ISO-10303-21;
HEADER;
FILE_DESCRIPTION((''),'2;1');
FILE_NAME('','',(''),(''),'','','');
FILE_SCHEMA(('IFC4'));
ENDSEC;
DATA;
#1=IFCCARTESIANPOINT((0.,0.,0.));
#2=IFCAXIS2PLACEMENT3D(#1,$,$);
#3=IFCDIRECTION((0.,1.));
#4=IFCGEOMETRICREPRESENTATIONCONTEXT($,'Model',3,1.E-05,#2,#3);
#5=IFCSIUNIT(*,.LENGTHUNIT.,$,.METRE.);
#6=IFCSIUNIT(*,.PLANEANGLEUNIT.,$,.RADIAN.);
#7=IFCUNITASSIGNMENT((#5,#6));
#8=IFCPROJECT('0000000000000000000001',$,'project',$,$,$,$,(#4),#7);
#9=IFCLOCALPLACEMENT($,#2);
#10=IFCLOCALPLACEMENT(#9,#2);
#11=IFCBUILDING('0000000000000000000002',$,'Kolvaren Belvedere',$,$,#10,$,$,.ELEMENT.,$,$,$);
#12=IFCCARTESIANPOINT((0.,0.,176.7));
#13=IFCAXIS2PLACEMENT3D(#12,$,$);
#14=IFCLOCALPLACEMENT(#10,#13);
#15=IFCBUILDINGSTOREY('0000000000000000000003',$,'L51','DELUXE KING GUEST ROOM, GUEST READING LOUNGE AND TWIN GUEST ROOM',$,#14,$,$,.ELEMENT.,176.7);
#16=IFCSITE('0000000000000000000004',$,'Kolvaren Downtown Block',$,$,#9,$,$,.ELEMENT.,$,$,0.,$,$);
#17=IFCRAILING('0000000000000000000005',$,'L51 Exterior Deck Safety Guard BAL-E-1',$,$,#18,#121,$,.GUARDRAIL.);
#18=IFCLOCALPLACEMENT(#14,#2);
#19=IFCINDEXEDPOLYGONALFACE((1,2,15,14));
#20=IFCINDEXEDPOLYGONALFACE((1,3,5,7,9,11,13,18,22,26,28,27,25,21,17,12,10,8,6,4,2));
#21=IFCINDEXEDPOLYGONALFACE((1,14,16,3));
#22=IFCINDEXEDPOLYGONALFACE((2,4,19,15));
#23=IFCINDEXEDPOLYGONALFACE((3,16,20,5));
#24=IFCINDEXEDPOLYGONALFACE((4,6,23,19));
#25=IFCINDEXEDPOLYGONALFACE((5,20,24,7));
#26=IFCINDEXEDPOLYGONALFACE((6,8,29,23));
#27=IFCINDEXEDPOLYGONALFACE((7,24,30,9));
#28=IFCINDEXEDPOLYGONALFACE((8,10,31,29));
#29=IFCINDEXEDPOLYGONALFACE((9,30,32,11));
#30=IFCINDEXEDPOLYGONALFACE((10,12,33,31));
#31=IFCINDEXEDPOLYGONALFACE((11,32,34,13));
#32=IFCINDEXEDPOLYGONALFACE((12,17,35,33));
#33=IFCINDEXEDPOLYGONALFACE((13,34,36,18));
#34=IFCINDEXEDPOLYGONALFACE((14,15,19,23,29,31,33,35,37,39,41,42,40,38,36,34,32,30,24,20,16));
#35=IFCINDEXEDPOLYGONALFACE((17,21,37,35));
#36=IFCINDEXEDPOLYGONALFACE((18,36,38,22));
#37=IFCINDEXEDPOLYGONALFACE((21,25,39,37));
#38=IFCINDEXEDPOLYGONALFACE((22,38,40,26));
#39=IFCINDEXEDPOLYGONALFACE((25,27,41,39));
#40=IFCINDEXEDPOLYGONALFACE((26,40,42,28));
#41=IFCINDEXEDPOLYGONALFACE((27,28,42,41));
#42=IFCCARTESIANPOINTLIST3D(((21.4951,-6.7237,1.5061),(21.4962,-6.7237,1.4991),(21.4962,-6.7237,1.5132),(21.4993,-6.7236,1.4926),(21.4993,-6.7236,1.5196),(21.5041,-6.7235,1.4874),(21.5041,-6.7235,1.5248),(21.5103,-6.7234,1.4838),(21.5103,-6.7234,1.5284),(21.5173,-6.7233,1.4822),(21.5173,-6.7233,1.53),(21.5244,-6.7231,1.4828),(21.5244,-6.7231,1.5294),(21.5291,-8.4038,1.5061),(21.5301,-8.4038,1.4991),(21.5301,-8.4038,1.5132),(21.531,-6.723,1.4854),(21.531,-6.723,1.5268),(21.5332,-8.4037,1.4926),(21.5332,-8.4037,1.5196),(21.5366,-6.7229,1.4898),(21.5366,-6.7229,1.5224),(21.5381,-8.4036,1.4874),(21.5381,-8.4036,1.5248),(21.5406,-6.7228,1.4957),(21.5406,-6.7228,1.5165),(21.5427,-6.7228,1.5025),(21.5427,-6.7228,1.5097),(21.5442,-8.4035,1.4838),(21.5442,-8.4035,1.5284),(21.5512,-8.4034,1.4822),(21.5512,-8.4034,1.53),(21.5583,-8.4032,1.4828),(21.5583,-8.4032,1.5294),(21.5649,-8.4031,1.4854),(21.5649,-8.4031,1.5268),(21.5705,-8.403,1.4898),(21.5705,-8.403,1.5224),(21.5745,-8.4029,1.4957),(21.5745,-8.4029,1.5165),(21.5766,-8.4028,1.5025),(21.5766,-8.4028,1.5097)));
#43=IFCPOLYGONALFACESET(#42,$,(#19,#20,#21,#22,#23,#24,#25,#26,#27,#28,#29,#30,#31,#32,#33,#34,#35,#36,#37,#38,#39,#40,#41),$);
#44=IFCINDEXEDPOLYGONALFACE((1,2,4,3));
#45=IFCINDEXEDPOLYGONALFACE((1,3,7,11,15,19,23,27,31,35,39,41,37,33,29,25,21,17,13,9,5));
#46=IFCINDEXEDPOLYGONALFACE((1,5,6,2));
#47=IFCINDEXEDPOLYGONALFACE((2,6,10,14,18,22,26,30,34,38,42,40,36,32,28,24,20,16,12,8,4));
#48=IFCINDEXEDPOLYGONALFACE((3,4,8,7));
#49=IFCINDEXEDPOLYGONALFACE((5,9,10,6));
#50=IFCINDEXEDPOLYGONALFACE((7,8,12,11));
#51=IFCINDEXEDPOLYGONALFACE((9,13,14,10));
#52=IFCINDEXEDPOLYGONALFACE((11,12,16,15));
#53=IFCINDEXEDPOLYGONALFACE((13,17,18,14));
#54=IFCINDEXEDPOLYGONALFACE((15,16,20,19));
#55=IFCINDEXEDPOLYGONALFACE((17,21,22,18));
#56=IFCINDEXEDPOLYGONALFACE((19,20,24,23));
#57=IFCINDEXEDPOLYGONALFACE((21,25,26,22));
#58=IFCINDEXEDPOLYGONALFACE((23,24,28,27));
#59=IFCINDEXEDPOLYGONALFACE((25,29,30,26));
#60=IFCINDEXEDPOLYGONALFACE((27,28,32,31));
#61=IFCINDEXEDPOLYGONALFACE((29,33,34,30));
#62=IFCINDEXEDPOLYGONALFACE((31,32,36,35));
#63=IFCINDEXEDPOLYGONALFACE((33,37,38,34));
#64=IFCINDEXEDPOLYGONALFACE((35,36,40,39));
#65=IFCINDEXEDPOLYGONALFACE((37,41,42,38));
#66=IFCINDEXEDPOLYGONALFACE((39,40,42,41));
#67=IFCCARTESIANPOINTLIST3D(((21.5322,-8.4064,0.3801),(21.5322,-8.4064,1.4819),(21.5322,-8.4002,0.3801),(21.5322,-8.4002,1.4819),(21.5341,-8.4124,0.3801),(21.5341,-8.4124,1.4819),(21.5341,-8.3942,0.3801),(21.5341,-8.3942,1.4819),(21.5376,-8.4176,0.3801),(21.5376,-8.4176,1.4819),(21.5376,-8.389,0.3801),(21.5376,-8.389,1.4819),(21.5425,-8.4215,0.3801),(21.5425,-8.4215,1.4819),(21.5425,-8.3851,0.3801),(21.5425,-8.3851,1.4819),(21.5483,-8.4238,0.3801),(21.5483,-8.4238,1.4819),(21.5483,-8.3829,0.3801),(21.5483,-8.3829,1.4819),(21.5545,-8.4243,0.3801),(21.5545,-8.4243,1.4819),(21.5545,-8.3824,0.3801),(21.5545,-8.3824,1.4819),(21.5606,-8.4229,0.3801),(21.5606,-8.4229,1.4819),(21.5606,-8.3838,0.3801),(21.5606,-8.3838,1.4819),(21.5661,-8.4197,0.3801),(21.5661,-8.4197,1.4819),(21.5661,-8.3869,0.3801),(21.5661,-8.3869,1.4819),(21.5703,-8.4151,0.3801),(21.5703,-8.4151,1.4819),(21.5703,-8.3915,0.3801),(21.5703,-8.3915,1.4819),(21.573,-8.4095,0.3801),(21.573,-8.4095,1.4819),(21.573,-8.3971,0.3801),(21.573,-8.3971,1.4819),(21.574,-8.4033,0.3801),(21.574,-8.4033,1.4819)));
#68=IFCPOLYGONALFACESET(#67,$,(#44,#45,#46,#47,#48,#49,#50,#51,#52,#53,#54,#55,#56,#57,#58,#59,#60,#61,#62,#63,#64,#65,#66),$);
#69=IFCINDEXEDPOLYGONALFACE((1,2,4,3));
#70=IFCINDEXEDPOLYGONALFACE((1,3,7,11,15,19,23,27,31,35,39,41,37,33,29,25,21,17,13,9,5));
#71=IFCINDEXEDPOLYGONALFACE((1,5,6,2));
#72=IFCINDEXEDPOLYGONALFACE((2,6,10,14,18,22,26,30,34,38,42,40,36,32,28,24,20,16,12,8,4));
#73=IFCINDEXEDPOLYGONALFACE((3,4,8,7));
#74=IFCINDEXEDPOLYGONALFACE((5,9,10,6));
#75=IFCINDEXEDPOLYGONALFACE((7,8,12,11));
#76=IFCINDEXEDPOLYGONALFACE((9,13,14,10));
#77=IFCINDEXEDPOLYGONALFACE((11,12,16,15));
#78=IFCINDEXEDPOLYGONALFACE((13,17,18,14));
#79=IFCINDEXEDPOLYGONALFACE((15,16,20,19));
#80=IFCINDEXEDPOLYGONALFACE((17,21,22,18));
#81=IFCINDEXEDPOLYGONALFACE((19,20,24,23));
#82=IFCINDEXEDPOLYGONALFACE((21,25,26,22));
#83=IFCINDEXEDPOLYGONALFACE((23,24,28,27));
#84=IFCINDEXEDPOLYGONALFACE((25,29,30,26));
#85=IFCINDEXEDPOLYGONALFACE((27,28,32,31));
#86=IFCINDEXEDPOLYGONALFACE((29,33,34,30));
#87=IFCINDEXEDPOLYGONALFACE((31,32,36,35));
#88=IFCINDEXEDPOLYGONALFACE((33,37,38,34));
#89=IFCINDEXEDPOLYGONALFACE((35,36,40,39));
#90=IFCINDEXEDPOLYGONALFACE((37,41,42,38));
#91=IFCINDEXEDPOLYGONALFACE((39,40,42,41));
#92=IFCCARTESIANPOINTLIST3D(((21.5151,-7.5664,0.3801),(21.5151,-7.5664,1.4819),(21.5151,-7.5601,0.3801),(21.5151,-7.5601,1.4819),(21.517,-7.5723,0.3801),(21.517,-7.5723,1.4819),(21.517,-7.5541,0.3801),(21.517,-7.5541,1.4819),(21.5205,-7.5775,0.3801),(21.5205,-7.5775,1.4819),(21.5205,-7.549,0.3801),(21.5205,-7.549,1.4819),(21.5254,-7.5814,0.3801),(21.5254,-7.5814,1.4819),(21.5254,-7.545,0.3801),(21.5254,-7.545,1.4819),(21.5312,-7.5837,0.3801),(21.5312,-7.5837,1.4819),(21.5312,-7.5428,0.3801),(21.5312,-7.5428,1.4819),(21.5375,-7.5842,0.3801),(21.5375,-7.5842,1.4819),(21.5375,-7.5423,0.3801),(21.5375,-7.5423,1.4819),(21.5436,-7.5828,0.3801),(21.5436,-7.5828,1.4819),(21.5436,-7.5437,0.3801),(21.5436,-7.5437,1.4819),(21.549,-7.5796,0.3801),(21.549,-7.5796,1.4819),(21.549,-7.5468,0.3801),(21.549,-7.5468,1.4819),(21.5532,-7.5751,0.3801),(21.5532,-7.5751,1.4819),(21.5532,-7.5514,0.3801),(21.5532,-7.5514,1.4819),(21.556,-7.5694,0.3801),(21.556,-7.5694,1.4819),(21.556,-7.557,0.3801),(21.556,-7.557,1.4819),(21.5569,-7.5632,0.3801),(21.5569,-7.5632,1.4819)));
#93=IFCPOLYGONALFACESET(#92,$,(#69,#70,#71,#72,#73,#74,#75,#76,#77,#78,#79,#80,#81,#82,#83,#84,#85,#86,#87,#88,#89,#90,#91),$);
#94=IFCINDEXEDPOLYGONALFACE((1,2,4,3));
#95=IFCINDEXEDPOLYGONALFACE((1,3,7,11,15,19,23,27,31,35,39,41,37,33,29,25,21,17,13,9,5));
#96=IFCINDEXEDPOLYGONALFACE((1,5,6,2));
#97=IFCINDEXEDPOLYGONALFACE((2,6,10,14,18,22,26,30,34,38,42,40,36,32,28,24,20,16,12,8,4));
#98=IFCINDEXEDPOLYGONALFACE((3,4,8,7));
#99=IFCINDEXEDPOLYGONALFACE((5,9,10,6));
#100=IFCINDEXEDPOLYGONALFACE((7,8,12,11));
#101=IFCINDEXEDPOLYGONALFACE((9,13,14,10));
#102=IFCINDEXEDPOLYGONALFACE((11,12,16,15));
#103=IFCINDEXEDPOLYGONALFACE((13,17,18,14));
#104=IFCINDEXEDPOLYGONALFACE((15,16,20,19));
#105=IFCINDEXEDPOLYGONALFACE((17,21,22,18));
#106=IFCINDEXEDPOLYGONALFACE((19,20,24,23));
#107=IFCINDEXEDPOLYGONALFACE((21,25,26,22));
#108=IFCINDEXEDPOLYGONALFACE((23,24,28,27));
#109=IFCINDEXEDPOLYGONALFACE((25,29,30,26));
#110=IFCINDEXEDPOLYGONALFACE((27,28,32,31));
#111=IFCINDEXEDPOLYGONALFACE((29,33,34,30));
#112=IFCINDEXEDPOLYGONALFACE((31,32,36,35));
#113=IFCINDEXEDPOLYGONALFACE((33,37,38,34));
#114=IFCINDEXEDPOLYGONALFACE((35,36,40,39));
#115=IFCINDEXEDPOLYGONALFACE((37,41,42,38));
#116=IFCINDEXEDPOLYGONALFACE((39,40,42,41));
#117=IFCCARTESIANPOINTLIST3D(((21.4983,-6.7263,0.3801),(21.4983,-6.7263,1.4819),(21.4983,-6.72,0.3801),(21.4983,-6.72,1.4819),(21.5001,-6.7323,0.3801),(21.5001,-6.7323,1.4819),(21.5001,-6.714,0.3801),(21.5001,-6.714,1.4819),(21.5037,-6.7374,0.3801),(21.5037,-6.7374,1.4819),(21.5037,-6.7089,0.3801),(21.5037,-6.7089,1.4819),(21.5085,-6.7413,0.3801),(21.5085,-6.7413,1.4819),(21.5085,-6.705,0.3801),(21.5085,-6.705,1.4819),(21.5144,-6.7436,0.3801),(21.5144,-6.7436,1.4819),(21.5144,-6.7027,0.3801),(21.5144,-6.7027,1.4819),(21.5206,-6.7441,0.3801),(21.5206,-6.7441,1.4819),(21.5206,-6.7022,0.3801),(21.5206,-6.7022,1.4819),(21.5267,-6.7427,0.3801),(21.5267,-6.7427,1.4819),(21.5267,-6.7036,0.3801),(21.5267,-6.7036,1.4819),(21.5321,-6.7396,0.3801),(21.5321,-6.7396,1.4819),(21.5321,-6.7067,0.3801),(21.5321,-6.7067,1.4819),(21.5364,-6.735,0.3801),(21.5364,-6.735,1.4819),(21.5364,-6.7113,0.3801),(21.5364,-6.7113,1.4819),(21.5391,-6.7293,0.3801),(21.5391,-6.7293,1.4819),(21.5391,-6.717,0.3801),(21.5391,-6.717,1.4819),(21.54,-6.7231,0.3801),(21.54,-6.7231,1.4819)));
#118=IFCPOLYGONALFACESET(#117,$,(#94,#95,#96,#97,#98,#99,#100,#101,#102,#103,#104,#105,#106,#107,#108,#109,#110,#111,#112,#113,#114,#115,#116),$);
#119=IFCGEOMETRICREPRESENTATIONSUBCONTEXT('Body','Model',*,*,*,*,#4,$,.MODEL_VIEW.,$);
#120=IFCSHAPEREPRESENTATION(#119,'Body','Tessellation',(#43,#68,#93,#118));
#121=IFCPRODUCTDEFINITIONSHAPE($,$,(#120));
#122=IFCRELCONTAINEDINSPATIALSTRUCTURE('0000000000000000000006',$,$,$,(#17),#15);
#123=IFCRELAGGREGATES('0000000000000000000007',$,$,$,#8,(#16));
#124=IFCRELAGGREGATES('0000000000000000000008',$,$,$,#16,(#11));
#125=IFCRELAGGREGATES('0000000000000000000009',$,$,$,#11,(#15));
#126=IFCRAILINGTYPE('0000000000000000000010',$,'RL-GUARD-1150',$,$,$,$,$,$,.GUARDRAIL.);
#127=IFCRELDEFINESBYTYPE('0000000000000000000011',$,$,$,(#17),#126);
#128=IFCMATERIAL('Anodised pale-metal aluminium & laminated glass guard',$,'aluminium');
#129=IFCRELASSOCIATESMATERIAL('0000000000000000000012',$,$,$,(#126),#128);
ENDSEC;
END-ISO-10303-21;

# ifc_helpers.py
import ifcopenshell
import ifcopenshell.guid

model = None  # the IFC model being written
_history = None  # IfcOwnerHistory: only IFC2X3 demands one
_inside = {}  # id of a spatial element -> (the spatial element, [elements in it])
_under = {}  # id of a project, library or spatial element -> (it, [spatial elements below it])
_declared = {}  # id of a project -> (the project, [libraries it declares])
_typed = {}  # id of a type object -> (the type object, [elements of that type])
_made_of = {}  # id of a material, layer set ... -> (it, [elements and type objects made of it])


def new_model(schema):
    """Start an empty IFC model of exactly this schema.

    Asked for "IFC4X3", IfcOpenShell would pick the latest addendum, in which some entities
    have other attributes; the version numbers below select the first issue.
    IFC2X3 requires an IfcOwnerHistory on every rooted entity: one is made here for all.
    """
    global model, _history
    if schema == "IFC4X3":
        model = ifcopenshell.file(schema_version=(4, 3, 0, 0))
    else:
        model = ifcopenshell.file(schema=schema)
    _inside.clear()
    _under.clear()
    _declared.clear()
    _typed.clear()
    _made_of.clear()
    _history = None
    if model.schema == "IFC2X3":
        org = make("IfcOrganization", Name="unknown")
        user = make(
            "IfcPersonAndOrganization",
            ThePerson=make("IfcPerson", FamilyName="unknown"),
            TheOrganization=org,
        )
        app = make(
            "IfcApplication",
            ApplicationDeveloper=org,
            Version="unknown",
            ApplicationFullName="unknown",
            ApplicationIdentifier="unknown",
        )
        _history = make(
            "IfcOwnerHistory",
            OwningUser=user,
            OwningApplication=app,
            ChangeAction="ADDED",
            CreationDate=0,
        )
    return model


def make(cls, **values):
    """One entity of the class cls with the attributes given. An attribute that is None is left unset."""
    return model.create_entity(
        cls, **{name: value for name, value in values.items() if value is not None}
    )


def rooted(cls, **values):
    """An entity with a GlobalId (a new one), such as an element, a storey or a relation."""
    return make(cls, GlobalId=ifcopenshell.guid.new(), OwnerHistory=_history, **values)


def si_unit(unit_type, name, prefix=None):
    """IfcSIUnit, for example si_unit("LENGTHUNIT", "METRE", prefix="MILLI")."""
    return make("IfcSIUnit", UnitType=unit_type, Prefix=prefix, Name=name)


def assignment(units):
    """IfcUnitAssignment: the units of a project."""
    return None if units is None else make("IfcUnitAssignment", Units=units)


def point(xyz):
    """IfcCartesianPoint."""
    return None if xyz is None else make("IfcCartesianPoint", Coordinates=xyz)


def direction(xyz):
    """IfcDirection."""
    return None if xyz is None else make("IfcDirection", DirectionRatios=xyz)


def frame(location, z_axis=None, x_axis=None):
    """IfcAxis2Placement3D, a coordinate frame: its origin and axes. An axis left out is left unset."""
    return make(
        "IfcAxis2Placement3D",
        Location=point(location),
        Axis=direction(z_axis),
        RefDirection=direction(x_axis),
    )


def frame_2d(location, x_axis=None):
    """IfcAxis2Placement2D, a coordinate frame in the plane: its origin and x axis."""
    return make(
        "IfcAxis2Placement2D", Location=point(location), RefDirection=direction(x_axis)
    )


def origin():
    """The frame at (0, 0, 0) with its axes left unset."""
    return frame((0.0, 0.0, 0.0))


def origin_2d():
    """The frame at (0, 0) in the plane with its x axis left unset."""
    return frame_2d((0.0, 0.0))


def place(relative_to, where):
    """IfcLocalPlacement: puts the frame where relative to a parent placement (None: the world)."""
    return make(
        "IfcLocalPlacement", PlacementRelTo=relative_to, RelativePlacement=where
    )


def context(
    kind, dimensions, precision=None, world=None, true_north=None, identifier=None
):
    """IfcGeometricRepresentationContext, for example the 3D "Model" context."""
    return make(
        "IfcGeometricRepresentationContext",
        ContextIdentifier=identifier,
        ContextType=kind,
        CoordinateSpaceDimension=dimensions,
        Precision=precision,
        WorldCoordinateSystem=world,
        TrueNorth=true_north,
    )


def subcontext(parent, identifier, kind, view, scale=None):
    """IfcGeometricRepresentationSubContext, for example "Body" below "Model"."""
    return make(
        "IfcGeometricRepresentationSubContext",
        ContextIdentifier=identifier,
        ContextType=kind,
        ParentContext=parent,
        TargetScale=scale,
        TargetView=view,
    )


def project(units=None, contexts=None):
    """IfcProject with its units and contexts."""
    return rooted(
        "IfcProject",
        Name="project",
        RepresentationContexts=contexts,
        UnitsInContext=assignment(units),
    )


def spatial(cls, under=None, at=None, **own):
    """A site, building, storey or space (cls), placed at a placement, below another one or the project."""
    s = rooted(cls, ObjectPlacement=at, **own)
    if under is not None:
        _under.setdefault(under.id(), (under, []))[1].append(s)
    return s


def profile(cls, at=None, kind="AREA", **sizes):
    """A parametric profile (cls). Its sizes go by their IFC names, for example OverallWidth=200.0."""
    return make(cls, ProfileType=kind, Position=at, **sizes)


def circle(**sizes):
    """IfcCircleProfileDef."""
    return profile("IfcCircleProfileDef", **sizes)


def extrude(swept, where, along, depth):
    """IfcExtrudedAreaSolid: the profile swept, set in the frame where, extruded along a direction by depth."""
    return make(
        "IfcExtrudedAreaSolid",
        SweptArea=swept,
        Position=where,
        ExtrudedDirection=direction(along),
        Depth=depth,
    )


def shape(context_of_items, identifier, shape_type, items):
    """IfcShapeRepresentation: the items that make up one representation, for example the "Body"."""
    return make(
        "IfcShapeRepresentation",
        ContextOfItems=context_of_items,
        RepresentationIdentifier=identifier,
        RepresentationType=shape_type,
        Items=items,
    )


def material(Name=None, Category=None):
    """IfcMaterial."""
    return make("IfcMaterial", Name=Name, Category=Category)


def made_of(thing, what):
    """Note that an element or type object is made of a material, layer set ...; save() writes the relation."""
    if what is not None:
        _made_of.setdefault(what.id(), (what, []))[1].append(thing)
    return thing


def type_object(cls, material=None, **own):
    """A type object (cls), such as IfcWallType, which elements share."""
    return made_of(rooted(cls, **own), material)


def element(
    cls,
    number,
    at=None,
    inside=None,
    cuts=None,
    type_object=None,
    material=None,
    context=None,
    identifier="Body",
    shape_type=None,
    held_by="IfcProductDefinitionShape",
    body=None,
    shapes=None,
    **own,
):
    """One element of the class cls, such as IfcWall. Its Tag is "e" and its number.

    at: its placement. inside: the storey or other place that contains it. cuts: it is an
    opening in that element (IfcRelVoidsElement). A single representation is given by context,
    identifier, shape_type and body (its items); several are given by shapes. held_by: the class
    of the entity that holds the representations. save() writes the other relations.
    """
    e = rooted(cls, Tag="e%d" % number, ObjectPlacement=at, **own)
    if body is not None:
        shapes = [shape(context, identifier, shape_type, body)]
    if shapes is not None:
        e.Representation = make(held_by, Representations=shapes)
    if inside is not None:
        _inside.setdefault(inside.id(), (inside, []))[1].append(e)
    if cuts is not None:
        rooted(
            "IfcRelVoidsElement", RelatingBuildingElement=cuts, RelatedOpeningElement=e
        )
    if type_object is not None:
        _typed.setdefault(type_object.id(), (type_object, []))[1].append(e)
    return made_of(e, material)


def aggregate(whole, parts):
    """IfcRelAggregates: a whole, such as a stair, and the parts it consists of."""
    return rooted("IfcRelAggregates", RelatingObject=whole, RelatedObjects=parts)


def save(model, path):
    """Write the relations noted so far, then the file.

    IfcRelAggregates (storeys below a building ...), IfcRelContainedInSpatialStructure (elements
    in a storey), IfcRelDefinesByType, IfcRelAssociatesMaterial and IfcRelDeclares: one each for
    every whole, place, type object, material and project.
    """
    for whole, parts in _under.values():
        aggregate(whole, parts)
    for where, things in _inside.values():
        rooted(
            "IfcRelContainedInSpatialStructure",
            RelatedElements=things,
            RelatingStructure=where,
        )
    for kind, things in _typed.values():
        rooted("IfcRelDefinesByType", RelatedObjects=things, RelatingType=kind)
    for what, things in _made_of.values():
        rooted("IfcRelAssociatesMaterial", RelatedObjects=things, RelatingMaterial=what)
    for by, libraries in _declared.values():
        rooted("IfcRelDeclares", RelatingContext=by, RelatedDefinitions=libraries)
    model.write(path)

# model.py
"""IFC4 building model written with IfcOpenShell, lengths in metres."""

from ifc_helpers import new_model, si_unit, direction, frame, origin, origin_2d, place, context, subcontext, project, spatial, circle, extrude, material, type_object, element, save


model = new_model("IFC4")

# Units and contexts
model_context = context("Model", 3, precision=1e-05, world=origin(), true_north=direction((0.0, 1.0)))
body_context = subcontext(model_context, "Body", "Model", "MODEL_VIEW")
ifc_project = project(units=[si_unit("LENGTHUNIT", "METRE"), si_unit("PLANEANGLEUNIT", "RADIAN")], contexts=[model_context])

# Site, building, storey
site_placement = place(None, origin())
site = spatial("IfcSite", under=ifc_project, at=site_placement, Name="Kolvaren Downtown Block", CompositionType="ELEMENT", RefElevation=0.0)
building_placement = place(site_placement, origin())
building = spatial("IfcBuilding", under=site, at=building_placement, Name="Kolvaren Belvedere", CompositionType="ELEMENT")
storey_placement = place(building_placement, frame((0.0, 0.0, 176.7)))
storey = spatial("IfcBuildingStorey", under=building, at=storey_placement, Name="L51", Description="DELUXE KING GUEST ROOM, GUEST READING LOUNGE AND TWIN GUEST ROOM", CompositionType="ELEMENT", Elevation=176.7)

# Railing
ifc_material_1 = material(Name="Anodised pale-metal aluminium & laminated glass guard", Category="aluminium")
railing_type = type_object("IfcRailingType", Name="RL-GUARD-1150", PredefinedType="GUARDRAIL", material=ifc_material_1)
railing_1_placement = place(storey_placement, frame((21.553, -8.4033, 0.3801)))
element("IfcRailing", 1, at=railing_1_placement, inside=storey, type_object=railing_type, Name="L51 Exterior Deck Safety Guard BAL-E-1", PredefinedType="GUARDRAIL", context=body_context, shape_type="SweptSolid", body=[
    extrude(circle(Radius=0.0239, at=origin_2d()), frame((0.0, 0.0, 1.126), z_axis=(-0.020193, 0.999796, 0.0), x_axis=(-0.999796, -0.020193, 0.0)), (0.0, 0.0, 1.0), 1.6804),
    extrude(circle(Radius=0.021, at=origin_2d()), origin(), (0.0, 0.0, 1.0), 1.1018),
    extrude(circle(Radius=0.021, at=origin_2d()), frame((-0.0171, 0.8401, 0.0)), (0.0, 0.0, 1.0), 1.1018),
    extrude(circle(Radius=0.021, at=origin_2d()), frame((-0.0339, 1.6802, 0.0)), (0.0, 0.0, 1.0), 1.1018),
])

save(model, "model.ifc")
